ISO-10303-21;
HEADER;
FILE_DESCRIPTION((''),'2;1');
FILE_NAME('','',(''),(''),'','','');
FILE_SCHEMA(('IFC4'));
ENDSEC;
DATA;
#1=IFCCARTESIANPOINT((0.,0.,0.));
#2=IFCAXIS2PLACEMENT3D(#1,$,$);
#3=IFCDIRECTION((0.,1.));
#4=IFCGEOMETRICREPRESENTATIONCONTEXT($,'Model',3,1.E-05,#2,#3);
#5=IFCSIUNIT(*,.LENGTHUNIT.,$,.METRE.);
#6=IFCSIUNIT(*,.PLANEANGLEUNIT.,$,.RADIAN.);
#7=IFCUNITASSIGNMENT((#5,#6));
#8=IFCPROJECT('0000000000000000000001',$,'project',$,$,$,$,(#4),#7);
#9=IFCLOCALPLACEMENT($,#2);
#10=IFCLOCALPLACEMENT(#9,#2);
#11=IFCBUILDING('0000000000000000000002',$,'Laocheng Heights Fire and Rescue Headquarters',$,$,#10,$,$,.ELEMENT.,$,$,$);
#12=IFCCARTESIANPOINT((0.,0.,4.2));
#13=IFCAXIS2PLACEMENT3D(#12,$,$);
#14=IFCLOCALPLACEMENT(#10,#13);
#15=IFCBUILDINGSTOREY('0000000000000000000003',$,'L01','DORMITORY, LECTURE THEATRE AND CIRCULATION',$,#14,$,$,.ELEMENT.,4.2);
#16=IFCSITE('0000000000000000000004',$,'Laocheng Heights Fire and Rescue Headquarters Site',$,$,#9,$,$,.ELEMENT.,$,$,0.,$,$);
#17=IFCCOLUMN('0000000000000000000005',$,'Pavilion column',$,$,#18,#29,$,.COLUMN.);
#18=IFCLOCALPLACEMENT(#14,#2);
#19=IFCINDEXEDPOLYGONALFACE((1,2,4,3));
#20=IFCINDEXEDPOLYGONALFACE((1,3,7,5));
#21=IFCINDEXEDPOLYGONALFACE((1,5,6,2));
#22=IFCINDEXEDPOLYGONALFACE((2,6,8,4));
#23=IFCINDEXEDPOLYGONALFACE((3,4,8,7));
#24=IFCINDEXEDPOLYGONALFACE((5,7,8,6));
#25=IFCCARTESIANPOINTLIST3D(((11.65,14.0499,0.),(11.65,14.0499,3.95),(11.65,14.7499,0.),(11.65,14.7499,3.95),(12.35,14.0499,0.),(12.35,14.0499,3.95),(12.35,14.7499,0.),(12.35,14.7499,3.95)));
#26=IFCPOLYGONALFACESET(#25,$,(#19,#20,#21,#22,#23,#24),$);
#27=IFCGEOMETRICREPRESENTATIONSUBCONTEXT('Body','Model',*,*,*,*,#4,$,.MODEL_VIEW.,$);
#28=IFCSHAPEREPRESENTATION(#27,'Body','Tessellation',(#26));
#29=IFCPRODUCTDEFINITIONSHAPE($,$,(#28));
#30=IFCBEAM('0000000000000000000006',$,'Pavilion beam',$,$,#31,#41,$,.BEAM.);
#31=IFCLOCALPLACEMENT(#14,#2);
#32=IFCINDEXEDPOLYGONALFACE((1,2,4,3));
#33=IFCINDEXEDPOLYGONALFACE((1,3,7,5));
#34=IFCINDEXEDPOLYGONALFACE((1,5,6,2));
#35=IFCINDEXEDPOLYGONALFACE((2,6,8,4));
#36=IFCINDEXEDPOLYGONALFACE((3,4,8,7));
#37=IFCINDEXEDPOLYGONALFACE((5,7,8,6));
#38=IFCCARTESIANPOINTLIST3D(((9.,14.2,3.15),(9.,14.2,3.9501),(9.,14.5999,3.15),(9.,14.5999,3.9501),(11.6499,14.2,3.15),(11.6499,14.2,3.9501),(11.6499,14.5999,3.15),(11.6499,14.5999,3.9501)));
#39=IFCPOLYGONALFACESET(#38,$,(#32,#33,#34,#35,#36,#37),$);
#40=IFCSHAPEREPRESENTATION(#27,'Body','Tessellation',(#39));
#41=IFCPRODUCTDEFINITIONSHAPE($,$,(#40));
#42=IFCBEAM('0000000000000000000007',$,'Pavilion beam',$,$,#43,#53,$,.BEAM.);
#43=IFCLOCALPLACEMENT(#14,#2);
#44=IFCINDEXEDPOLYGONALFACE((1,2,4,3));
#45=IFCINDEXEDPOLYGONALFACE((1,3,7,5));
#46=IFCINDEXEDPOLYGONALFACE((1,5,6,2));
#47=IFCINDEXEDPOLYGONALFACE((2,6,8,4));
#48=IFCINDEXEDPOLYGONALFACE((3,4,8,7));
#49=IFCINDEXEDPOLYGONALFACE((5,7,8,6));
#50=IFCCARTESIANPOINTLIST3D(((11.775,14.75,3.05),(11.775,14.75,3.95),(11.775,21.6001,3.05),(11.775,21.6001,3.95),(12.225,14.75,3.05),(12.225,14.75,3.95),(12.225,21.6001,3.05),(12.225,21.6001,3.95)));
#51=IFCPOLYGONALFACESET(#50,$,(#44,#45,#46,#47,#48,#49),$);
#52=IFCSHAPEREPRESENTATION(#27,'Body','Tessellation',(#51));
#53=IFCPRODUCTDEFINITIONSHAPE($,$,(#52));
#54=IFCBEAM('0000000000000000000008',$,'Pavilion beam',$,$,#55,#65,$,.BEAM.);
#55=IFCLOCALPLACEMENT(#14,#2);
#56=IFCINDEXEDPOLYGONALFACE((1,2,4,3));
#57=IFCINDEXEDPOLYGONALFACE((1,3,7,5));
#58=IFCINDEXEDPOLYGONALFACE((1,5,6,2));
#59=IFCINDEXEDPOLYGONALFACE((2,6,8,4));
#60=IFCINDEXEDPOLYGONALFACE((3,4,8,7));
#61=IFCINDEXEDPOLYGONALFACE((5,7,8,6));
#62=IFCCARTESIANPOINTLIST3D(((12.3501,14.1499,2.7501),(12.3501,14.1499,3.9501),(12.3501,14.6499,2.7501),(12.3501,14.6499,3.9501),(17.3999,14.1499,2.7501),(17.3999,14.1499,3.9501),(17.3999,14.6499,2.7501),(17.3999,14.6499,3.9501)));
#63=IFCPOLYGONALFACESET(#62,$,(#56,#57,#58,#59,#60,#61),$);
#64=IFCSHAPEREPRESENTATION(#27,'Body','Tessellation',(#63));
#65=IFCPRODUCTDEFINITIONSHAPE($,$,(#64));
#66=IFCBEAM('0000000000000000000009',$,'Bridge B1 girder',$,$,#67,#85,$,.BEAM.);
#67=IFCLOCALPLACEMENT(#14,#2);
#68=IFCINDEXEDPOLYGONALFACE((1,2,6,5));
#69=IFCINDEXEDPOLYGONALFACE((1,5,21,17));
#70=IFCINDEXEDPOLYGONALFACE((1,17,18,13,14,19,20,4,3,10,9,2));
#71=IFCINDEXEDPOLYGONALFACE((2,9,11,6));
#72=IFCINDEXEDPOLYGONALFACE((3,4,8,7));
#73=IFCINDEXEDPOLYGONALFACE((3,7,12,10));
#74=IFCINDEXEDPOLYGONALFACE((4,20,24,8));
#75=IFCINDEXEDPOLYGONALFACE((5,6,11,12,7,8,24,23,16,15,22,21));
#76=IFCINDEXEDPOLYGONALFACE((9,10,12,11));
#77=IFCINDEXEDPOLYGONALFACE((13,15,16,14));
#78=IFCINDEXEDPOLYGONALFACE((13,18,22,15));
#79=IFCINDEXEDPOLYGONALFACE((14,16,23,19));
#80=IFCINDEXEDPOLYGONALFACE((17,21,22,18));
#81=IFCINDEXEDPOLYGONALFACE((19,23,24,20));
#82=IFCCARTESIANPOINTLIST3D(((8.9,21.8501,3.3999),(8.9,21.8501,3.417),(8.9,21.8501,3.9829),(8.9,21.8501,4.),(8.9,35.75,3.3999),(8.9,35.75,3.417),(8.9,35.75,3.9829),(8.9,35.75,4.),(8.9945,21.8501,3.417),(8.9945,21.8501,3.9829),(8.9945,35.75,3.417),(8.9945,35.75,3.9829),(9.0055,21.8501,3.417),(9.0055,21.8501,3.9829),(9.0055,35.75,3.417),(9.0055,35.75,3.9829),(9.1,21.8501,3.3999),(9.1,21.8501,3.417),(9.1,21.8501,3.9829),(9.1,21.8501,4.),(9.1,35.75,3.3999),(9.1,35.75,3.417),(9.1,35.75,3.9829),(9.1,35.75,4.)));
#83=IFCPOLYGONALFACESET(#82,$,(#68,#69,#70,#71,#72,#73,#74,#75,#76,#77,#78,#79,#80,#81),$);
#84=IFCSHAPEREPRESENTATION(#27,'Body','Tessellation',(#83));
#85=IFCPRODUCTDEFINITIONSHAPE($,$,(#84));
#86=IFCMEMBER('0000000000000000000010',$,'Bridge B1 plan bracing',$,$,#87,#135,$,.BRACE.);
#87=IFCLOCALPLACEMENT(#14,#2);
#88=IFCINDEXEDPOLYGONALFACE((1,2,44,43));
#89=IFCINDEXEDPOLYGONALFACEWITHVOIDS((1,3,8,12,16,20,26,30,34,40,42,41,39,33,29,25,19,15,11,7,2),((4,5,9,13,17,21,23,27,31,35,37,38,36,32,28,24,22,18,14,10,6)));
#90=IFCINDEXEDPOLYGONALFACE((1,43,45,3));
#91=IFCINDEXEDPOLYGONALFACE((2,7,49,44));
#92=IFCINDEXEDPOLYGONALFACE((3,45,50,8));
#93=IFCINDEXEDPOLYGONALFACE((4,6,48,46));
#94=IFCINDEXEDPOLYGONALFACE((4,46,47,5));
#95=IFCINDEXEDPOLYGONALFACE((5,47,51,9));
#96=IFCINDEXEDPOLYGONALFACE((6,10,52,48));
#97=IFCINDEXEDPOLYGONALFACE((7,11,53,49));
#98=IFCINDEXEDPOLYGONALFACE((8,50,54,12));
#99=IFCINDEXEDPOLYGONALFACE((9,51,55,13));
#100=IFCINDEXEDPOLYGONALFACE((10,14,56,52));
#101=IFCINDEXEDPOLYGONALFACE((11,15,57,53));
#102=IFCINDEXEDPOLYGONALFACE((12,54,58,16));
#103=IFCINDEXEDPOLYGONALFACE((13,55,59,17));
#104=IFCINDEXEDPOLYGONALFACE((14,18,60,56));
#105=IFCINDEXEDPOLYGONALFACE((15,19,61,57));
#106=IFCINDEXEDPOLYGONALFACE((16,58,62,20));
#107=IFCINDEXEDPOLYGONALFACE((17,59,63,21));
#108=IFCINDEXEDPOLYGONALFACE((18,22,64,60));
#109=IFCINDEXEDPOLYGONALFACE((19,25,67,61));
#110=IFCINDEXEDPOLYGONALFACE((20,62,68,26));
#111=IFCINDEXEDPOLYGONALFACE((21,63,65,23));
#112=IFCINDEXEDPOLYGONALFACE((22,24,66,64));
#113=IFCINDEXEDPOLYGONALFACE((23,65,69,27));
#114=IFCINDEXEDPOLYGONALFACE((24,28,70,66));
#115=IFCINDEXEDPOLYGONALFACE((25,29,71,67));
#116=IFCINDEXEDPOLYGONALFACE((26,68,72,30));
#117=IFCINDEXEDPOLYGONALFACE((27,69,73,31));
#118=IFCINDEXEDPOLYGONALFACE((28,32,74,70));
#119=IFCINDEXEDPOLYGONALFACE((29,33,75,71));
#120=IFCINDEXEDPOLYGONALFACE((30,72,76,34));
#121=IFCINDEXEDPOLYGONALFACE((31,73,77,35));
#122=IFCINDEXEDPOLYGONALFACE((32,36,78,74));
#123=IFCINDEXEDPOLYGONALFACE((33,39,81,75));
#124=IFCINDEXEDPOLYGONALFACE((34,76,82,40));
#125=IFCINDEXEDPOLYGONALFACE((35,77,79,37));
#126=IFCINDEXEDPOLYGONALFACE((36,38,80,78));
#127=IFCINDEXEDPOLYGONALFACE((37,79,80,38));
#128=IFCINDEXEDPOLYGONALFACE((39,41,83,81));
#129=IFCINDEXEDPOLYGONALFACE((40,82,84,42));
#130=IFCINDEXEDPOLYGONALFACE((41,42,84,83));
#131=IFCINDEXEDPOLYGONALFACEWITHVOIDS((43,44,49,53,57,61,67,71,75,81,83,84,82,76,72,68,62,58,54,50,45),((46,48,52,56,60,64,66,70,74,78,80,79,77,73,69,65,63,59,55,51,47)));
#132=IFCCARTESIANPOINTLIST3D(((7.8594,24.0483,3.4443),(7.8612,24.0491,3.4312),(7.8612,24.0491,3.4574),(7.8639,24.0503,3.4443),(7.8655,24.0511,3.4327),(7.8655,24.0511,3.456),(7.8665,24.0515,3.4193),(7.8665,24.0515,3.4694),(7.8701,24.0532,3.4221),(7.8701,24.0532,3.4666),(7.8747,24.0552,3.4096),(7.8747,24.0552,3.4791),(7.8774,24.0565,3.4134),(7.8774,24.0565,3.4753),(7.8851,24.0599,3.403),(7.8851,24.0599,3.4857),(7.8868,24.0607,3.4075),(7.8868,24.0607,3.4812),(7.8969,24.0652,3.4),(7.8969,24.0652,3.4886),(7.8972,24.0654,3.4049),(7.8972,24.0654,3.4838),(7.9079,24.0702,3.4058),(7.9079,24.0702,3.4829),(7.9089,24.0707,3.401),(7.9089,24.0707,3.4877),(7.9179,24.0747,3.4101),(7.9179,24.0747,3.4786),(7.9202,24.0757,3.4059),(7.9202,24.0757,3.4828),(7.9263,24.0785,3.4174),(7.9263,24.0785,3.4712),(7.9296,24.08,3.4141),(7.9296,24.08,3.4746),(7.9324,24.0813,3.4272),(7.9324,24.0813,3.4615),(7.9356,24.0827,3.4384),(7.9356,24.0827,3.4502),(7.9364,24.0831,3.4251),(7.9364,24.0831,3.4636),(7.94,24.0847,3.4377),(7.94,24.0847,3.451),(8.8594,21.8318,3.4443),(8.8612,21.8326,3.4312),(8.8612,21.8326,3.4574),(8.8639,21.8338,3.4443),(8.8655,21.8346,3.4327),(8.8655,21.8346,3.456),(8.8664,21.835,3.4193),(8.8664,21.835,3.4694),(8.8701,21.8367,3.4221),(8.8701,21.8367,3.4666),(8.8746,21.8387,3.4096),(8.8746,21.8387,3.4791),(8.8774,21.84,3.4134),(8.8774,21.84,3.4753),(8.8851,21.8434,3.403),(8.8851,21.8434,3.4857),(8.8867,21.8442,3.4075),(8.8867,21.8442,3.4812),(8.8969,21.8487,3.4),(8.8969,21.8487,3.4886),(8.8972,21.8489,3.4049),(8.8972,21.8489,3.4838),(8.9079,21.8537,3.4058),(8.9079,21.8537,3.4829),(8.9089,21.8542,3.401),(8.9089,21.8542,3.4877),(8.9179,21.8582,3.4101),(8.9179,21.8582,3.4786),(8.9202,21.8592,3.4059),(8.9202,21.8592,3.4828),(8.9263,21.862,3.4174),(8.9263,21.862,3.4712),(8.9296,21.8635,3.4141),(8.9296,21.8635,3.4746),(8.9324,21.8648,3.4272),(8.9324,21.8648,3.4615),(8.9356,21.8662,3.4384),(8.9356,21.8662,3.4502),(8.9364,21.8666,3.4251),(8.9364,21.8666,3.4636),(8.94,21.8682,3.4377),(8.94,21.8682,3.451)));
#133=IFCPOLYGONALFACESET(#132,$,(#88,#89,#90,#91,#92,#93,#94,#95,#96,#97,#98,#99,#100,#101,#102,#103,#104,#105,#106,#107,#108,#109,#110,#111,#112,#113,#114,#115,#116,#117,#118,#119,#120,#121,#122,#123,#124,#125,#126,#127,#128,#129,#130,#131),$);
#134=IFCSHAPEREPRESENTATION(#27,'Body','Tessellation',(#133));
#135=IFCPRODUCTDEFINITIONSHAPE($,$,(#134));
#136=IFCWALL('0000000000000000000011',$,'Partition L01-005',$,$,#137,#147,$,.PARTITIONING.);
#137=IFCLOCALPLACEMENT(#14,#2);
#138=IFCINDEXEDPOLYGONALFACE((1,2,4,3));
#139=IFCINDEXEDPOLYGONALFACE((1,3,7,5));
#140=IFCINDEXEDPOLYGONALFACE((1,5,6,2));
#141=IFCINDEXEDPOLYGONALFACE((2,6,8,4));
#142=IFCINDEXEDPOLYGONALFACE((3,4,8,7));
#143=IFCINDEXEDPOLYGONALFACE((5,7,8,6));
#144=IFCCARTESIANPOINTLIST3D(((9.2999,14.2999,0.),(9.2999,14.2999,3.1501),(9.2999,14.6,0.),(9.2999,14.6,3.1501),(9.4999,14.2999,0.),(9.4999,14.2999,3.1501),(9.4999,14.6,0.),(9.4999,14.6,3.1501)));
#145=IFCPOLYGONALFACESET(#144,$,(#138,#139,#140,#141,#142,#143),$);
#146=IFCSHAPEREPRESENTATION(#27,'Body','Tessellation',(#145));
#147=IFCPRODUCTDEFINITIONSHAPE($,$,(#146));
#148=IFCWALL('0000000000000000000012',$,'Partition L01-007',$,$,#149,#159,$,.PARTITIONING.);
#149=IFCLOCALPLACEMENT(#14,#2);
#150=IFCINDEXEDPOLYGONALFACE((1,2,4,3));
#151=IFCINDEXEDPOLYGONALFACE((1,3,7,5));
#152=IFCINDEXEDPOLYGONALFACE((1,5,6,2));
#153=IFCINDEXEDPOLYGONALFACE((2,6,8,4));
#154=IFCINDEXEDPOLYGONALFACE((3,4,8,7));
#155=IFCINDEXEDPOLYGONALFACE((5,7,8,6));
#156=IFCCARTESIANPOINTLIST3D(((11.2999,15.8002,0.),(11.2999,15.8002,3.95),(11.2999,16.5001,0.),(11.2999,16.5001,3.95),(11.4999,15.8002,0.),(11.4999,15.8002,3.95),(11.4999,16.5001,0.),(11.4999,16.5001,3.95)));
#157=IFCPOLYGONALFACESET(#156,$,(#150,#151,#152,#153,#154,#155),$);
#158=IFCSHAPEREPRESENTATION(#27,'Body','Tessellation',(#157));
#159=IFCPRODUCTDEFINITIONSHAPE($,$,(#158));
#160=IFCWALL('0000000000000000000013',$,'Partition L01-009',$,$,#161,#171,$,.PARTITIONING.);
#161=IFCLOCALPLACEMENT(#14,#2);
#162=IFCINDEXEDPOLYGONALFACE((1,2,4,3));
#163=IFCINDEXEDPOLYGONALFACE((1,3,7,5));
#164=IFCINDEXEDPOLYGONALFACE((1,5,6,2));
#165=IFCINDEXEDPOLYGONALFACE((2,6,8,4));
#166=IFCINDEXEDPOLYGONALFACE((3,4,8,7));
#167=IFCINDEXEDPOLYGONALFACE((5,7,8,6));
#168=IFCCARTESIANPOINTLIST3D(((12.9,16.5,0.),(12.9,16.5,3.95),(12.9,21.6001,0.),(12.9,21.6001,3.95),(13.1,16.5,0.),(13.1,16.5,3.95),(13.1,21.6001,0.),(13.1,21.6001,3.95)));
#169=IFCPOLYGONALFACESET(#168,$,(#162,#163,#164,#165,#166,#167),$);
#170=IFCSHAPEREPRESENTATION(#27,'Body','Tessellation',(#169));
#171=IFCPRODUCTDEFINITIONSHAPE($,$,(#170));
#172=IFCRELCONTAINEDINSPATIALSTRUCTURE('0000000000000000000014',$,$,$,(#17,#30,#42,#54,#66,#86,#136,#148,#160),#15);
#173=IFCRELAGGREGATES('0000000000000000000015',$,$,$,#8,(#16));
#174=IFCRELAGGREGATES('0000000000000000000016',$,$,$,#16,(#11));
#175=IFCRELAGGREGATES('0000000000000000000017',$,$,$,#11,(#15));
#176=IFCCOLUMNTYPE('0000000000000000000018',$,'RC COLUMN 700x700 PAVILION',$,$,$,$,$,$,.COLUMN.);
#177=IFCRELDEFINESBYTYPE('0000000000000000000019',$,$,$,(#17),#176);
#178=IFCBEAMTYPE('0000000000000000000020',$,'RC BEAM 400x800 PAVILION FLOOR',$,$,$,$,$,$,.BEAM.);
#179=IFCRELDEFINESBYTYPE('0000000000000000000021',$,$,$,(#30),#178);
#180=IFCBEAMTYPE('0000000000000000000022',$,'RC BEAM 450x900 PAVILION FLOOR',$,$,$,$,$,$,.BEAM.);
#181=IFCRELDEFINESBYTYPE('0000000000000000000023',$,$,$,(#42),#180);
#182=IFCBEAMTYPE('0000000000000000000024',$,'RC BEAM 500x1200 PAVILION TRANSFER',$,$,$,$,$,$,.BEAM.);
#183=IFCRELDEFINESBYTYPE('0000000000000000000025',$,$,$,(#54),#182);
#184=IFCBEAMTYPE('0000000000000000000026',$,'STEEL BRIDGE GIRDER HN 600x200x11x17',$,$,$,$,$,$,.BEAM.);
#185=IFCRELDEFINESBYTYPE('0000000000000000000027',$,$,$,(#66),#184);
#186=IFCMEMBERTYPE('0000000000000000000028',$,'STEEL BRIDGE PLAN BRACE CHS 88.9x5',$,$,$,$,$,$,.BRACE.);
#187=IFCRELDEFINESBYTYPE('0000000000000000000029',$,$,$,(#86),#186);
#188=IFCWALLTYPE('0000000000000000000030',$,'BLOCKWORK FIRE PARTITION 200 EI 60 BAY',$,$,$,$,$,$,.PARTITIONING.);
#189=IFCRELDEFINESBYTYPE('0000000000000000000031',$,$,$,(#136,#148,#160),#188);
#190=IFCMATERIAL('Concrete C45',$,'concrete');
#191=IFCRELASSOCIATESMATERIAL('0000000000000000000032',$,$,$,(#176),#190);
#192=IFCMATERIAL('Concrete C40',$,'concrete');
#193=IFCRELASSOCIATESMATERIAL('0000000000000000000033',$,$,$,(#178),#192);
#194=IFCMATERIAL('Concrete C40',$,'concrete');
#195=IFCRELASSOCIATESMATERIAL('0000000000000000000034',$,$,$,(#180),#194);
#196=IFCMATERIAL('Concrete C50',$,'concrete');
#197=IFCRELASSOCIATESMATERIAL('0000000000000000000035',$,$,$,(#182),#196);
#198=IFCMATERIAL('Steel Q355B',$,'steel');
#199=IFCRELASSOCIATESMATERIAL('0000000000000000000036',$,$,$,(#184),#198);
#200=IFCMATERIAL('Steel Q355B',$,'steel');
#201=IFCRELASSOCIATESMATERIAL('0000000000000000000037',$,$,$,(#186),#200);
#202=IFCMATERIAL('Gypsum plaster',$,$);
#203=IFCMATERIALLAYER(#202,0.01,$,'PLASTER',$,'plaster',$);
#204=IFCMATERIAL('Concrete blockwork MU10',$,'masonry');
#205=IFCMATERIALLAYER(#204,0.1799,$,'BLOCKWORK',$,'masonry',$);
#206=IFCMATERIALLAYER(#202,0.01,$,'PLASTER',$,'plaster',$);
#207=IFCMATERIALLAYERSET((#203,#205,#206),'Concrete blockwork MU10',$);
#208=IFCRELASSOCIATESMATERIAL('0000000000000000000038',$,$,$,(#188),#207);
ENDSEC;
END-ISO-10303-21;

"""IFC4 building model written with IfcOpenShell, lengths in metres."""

from ifc_helpers import new_model, si_unit, direction, frame, frame_2d, origin, origin_2d, place, context, subcontext, project, spatial, rectangle, hollow_circle, i_section, extrude, material, layer, layer_set, material_profile, profile_set, type_object, element, save


model = new_model("IFC4")

# Units and contexts
model_context = context("Model", 3, precision=1e-05, world=origin(), true_north=direction((0.0, 1.0)))
body_context = subcontext(model_context, "Body", "Model", "MODEL_VIEW")
ifc_project = project(units=[si_unit("LENGTHUNIT", "METRE"), si_unit("PLANEANGLEUNIT", "RADIAN")], contexts=[model_context])

# Site, building, storey
site_placement = place(None, origin())
site = spatial("IfcSite", under=ifc_project, at=site_placement, Name="Laocheng Heights Fire and Rescue Headquarters Site", CompositionType="ELEMENT", RefElevation=0.0)
building_placement = place(site_placement, origin())
building = spatial("IfcBuilding", under=site, at=building_placement, Name="Laocheng Heights Fire and Rescue Headquarters", CompositionType="ELEMENT")
storey_placement = place(building_placement, frame((0.0, 0.0, 4.2)))
storey = spatial("IfcBuildingStorey", under=building, at=storey_placement, Name="L01", Description="DORMITORY, LECTURE THEATRE AND CIRCULATION", CompositionType="ELEMENT", Elevation=4.2)

# Column
ifc_material_1 = material(Name="Concrete C45", Category="concrete")
ifc_material_profile_1 = material_profile(ifc_material_1, rectangle(XDim=0.7, YDim=0.7, at=origin_2d()), Name="RC COLUMN 700x700 PAVILION")
ifc_profile_set_1 = profile_set([ifc_material_profile_1], Name="Concrete C45")
column_type = type_object("IfcColumnType", Name="RC COLUMN 700x700 PAVILION", PredefinedType="COLUMN", material=ifc_profile_set_1)
column_placement = place(storey_placement, frame((12.0, 14.3999, 0.0), z_axis=(0.0, 0.0, 1.0), x_axis=(1.0, 0.0, 0.0)))
element("IfcColumn", 1, at=column_placement, inside=storey, type_object=column_type, Name="Pavilion column", PredefinedType="COLUMN", context=body_context, shape_type="SweptSolid", body=[
    extrude(rectangle(XDim=0.7, YDim=0.7, at=origin_2d()), origin(), (0.0, 0.0, 1.0), 3.95),
])

# Beams
ifc_material_2 = material(Name="Concrete C40", Category="concrete")
ifc_material_profile_2 = material_profile(ifc_material_2, rectangle(XDim=0.3999, YDim=0.8, at=origin_2d()), Name="RC BEAM 400x800 PAVILION FLOOR")
ifc_profile_set_2 = profile_set([ifc_material_profile_2], Name="Concrete C40")
beam_type_1 = type_object("IfcBeamType", Name="RC BEAM 400x800 PAVILION FLOOR", PredefinedType="BEAM", material=ifc_profile_set_2)
beam_1_placement = place(storey_placement, frame((9.0, 14.3999, 3.55), z_axis=(1.0, 0.0, 0.0), x_axis=(0.0, 1.0, 0.0)))
element("IfcBeam", 2, at=beam_1_placement, inside=storey, type_object=beam_type_1, Name="Pavilion beam", PredefinedType="BEAM", context=body_context, shape_type="SweptSolid", body=[
    extrude(rectangle(XDim=0.3999, YDim=0.8, at=origin_2d()), origin(), (0.0, 0.0, 1.0), 2.6499),
])
ifc_material_3 = material(Name="Concrete C40", Category="concrete")
ifc_material_profile_3 = material_profile(ifc_material_3, rectangle(XDim=0.45, YDim=0.8999, at=origin_2d()), Name="RC BEAM 450x900 PAVILION FLOOR")
ifc_profile_set_3 = profile_set([ifc_material_profile_3], Name="Concrete C40")
beam_type_2 = type_object("IfcBeamType", Name="RC BEAM 450x900 PAVILION FLOOR", PredefinedType="BEAM", material=ifc_profile_set_3)
beam_2_placement = place(storey_placement, frame((12.0, 14.75, 3.5), z_axis=(0.0, 1.0, 0.0), x_axis=(-1.0, 0.0, 0.0)))
element("IfcBeam", 3, at=beam_2_placement, inside=storey, type_object=beam_type_2, Name="Pavilion beam", PredefinedType="BEAM", context=body_context, shape_type="SweptSolid", body=[
    extrude(rectangle(XDim=0.45, YDim=0.8999, at=origin_2d()), origin(), (0.0, 0.0, 1.0), 6.8501),
])
ifc_material_4 = material(Name="Concrete C50", Category="concrete")
ifc_material_profile_4 = material_profile(ifc_material_4, rectangle(XDim=0.5, YDim=1.2, at=origin_2d()), Name="RC BEAM 500x1200 PAVILION TRANSFER")
ifc_profile_set_4 = profile_set([ifc_material_profile_4], Name="Concrete C50")
beam_type_3 = type_object("IfcBeamType", Name="RC BEAM 500x1200 PAVILION TRANSFER", PredefinedType="BEAM", material=ifc_profile_set_4)
beam_3_placement = place(storey_placement, frame((12.3501, 14.3999, 3.3501), z_axis=(1.0, 0.0, 0.0), x_axis=(0.0, 1.0, 0.0)))
element("IfcBeam", 4, at=beam_3_placement, inside=storey, type_object=beam_type_3, Name="Pavilion beam", PredefinedType="BEAM", context=body_context, shape_type="SweptSolid", body=[
    extrude(rectangle(XDim=0.5, YDim=1.2, at=origin_2d()), origin(), (0.0, 0.0, 1.0), 5.0498),
])
ifc_material_5 = material(Name="Steel Q355B", Category="steel")
ifc_material_profile_5 = material_profile(ifc_material_5, i_section(OverallWidth=0.2, OverallDepth=0.6001, WebThickness=0.011, FlangeThickness=0.0171, at=origin_2d()), Name="HN 600x200x11x17")
ifc_profile_set_5 = profile_set([ifc_material_profile_5], Name="Steel Q355B")
beam_type_4 = type_object("IfcBeamType", Name="STEEL BRIDGE GIRDER HN 600x200x11x17", PredefinedType="BEAM", material=ifc_profile_set_5)
beam_4_placement = place(storey_placement, frame((9.0, 21.8501, 3.7), z_axis=(0.0, 1.0, 0.0), x_axis=(-1.0, 0.0, 0.0)))
element("IfcBeam", 5, at=beam_4_placement, inside=storey, type_object=beam_type_4, Name="Bridge B1 girder", PredefinedType="BEAM", context=body_context, shape_type="SweptSolid", body=[
    extrude(i_section(OverallWidth=0.2, OverallDepth=0.6001, WebThickness=0.011, FlangeThickness=0.0171, at=origin_2d()), origin(), (0.0, 0.0, 1.0), 13.8999),
])

# Member
ifc_material_6 = material(Name="Steel Q355B", Category="steel")
ifc_material_profile_6 = material_profile(ifc_material_6, hollow_circle(Radius=0.0444, WallThickness=0.0049, at=origin_2d()), Name="CHS 88.9x5")
ifc_profile_set_6 = profile_set([ifc_material_profile_6], Name="Steel Q355B")
member_type = type_object("IfcMemberType", Name="STEEL BRIDGE PLAN BRACE CHS 88.9x5", PredefinedType="BRACE", material=ifc_profile_set_6)
member_placement = place(storey_placement, frame((8.8999, 21.8501, 3.4443), z_axis=(-0.411237, 0.911528, 0.0), x_axis=(-0.911528, -0.411237, 0.0)))
element("IfcMember", 6, at=member_placement, inside=storey, type_object=member_type, Name="Bridge B1 plan bracing", PredefinedType="BRACE", context=body_context, shape_type="SweptSolid", body=[
    extrude(hollow_circle(Radius=0.0444, WallThickness=0.0049, at=origin_2d()), origin(), (0.0, 0.0, 1.0), 2.4316),
])

# Walls
ifc_material_7 = material(Name="Gypsum plaster")
ifc_layer_1 = layer(ifc_material_7, 0.01, Name="PLASTER", Category="plaster")
ifc_material_8 = material(Name="Concrete blockwork MU10", Category="masonry")
ifc_layer_2 = layer(ifc_material_8, 0.1799, Name="BLOCKWORK", Category="masonry")
ifc_layer_3 = layer(ifc_material_7, 0.01, Name="PLASTER", Category="plaster")
ifc_layer_set_1 = layer_set([ifc_layer_1, ifc_layer_2, ifc_layer_3], Name="Concrete blockwork MU10")
wall_type_1 = type_object("IfcWallType", Name="BLOCKWORK FIRE PARTITION 200 EI 60 BAY", PredefinedType="PARTITIONING", material=ifc_layer_set_1)
wall_1_placement = place(storey_placement, frame((9.3999, 14.3, 0.0), z_axis=(0.0, 0.0, 1.0), x_axis=(0.0, 1.0, 0.0)))
element("IfcWall", 7, at=wall_1_placement, inside=storey, type_object=wall_type_1, Name="Partition L01-005", PredefinedType="PARTITIONING", context=body_context, shape_type="SweptSolid", body=[
    extrude(rectangle(XDim=0.3, YDim=0.2, at=frame_2d((0.1499, 0.0))), origin(), (0.0, 0.0, 1.0), 3.1501),
])
wall_2_placement = place(storey_placement, frame((11.3999, 15.8, 0.0), z_axis=(0.0, 0.0, 1.0), x_axis=(0.0, 1.0, 0.0)))
element("IfcWall", 8, at=wall_2_placement, inside=storey, type_object=wall_type_1, Name="Partition L01-007", PredefinedType="PARTITIONING", context=body_context, shape_type="SweptSolid", body=[
    extrude(rectangle(XDim=0.7, YDim=0.2, at=frame_2d((0.3501, 0.0))), origin(), (0.0, 0.0, 1.0), 3.95),
])
wall_3_placement = place(storey_placement, frame((13.0, 16.5, 0.0), z_axis=(0.0, 0.0, 1.0), x_axis=(0.0, 1.0, 0.0)))
element("IfcWall", 9, at=wall_3_placement, inside=storey, type_object=wall_type_1, Name="Partition L01-009", PredefinedType="PARTITIONING", context=body_context, shape_type="SweptSolid", body=[
    extrude(rectangle(XDim=5.1001, YDim=0.2, at=frame_2d((2.55, 0.0))), origin(), (0.0, 0.0, 1.0), 3.95),
])

save(model, "model.ifc")
